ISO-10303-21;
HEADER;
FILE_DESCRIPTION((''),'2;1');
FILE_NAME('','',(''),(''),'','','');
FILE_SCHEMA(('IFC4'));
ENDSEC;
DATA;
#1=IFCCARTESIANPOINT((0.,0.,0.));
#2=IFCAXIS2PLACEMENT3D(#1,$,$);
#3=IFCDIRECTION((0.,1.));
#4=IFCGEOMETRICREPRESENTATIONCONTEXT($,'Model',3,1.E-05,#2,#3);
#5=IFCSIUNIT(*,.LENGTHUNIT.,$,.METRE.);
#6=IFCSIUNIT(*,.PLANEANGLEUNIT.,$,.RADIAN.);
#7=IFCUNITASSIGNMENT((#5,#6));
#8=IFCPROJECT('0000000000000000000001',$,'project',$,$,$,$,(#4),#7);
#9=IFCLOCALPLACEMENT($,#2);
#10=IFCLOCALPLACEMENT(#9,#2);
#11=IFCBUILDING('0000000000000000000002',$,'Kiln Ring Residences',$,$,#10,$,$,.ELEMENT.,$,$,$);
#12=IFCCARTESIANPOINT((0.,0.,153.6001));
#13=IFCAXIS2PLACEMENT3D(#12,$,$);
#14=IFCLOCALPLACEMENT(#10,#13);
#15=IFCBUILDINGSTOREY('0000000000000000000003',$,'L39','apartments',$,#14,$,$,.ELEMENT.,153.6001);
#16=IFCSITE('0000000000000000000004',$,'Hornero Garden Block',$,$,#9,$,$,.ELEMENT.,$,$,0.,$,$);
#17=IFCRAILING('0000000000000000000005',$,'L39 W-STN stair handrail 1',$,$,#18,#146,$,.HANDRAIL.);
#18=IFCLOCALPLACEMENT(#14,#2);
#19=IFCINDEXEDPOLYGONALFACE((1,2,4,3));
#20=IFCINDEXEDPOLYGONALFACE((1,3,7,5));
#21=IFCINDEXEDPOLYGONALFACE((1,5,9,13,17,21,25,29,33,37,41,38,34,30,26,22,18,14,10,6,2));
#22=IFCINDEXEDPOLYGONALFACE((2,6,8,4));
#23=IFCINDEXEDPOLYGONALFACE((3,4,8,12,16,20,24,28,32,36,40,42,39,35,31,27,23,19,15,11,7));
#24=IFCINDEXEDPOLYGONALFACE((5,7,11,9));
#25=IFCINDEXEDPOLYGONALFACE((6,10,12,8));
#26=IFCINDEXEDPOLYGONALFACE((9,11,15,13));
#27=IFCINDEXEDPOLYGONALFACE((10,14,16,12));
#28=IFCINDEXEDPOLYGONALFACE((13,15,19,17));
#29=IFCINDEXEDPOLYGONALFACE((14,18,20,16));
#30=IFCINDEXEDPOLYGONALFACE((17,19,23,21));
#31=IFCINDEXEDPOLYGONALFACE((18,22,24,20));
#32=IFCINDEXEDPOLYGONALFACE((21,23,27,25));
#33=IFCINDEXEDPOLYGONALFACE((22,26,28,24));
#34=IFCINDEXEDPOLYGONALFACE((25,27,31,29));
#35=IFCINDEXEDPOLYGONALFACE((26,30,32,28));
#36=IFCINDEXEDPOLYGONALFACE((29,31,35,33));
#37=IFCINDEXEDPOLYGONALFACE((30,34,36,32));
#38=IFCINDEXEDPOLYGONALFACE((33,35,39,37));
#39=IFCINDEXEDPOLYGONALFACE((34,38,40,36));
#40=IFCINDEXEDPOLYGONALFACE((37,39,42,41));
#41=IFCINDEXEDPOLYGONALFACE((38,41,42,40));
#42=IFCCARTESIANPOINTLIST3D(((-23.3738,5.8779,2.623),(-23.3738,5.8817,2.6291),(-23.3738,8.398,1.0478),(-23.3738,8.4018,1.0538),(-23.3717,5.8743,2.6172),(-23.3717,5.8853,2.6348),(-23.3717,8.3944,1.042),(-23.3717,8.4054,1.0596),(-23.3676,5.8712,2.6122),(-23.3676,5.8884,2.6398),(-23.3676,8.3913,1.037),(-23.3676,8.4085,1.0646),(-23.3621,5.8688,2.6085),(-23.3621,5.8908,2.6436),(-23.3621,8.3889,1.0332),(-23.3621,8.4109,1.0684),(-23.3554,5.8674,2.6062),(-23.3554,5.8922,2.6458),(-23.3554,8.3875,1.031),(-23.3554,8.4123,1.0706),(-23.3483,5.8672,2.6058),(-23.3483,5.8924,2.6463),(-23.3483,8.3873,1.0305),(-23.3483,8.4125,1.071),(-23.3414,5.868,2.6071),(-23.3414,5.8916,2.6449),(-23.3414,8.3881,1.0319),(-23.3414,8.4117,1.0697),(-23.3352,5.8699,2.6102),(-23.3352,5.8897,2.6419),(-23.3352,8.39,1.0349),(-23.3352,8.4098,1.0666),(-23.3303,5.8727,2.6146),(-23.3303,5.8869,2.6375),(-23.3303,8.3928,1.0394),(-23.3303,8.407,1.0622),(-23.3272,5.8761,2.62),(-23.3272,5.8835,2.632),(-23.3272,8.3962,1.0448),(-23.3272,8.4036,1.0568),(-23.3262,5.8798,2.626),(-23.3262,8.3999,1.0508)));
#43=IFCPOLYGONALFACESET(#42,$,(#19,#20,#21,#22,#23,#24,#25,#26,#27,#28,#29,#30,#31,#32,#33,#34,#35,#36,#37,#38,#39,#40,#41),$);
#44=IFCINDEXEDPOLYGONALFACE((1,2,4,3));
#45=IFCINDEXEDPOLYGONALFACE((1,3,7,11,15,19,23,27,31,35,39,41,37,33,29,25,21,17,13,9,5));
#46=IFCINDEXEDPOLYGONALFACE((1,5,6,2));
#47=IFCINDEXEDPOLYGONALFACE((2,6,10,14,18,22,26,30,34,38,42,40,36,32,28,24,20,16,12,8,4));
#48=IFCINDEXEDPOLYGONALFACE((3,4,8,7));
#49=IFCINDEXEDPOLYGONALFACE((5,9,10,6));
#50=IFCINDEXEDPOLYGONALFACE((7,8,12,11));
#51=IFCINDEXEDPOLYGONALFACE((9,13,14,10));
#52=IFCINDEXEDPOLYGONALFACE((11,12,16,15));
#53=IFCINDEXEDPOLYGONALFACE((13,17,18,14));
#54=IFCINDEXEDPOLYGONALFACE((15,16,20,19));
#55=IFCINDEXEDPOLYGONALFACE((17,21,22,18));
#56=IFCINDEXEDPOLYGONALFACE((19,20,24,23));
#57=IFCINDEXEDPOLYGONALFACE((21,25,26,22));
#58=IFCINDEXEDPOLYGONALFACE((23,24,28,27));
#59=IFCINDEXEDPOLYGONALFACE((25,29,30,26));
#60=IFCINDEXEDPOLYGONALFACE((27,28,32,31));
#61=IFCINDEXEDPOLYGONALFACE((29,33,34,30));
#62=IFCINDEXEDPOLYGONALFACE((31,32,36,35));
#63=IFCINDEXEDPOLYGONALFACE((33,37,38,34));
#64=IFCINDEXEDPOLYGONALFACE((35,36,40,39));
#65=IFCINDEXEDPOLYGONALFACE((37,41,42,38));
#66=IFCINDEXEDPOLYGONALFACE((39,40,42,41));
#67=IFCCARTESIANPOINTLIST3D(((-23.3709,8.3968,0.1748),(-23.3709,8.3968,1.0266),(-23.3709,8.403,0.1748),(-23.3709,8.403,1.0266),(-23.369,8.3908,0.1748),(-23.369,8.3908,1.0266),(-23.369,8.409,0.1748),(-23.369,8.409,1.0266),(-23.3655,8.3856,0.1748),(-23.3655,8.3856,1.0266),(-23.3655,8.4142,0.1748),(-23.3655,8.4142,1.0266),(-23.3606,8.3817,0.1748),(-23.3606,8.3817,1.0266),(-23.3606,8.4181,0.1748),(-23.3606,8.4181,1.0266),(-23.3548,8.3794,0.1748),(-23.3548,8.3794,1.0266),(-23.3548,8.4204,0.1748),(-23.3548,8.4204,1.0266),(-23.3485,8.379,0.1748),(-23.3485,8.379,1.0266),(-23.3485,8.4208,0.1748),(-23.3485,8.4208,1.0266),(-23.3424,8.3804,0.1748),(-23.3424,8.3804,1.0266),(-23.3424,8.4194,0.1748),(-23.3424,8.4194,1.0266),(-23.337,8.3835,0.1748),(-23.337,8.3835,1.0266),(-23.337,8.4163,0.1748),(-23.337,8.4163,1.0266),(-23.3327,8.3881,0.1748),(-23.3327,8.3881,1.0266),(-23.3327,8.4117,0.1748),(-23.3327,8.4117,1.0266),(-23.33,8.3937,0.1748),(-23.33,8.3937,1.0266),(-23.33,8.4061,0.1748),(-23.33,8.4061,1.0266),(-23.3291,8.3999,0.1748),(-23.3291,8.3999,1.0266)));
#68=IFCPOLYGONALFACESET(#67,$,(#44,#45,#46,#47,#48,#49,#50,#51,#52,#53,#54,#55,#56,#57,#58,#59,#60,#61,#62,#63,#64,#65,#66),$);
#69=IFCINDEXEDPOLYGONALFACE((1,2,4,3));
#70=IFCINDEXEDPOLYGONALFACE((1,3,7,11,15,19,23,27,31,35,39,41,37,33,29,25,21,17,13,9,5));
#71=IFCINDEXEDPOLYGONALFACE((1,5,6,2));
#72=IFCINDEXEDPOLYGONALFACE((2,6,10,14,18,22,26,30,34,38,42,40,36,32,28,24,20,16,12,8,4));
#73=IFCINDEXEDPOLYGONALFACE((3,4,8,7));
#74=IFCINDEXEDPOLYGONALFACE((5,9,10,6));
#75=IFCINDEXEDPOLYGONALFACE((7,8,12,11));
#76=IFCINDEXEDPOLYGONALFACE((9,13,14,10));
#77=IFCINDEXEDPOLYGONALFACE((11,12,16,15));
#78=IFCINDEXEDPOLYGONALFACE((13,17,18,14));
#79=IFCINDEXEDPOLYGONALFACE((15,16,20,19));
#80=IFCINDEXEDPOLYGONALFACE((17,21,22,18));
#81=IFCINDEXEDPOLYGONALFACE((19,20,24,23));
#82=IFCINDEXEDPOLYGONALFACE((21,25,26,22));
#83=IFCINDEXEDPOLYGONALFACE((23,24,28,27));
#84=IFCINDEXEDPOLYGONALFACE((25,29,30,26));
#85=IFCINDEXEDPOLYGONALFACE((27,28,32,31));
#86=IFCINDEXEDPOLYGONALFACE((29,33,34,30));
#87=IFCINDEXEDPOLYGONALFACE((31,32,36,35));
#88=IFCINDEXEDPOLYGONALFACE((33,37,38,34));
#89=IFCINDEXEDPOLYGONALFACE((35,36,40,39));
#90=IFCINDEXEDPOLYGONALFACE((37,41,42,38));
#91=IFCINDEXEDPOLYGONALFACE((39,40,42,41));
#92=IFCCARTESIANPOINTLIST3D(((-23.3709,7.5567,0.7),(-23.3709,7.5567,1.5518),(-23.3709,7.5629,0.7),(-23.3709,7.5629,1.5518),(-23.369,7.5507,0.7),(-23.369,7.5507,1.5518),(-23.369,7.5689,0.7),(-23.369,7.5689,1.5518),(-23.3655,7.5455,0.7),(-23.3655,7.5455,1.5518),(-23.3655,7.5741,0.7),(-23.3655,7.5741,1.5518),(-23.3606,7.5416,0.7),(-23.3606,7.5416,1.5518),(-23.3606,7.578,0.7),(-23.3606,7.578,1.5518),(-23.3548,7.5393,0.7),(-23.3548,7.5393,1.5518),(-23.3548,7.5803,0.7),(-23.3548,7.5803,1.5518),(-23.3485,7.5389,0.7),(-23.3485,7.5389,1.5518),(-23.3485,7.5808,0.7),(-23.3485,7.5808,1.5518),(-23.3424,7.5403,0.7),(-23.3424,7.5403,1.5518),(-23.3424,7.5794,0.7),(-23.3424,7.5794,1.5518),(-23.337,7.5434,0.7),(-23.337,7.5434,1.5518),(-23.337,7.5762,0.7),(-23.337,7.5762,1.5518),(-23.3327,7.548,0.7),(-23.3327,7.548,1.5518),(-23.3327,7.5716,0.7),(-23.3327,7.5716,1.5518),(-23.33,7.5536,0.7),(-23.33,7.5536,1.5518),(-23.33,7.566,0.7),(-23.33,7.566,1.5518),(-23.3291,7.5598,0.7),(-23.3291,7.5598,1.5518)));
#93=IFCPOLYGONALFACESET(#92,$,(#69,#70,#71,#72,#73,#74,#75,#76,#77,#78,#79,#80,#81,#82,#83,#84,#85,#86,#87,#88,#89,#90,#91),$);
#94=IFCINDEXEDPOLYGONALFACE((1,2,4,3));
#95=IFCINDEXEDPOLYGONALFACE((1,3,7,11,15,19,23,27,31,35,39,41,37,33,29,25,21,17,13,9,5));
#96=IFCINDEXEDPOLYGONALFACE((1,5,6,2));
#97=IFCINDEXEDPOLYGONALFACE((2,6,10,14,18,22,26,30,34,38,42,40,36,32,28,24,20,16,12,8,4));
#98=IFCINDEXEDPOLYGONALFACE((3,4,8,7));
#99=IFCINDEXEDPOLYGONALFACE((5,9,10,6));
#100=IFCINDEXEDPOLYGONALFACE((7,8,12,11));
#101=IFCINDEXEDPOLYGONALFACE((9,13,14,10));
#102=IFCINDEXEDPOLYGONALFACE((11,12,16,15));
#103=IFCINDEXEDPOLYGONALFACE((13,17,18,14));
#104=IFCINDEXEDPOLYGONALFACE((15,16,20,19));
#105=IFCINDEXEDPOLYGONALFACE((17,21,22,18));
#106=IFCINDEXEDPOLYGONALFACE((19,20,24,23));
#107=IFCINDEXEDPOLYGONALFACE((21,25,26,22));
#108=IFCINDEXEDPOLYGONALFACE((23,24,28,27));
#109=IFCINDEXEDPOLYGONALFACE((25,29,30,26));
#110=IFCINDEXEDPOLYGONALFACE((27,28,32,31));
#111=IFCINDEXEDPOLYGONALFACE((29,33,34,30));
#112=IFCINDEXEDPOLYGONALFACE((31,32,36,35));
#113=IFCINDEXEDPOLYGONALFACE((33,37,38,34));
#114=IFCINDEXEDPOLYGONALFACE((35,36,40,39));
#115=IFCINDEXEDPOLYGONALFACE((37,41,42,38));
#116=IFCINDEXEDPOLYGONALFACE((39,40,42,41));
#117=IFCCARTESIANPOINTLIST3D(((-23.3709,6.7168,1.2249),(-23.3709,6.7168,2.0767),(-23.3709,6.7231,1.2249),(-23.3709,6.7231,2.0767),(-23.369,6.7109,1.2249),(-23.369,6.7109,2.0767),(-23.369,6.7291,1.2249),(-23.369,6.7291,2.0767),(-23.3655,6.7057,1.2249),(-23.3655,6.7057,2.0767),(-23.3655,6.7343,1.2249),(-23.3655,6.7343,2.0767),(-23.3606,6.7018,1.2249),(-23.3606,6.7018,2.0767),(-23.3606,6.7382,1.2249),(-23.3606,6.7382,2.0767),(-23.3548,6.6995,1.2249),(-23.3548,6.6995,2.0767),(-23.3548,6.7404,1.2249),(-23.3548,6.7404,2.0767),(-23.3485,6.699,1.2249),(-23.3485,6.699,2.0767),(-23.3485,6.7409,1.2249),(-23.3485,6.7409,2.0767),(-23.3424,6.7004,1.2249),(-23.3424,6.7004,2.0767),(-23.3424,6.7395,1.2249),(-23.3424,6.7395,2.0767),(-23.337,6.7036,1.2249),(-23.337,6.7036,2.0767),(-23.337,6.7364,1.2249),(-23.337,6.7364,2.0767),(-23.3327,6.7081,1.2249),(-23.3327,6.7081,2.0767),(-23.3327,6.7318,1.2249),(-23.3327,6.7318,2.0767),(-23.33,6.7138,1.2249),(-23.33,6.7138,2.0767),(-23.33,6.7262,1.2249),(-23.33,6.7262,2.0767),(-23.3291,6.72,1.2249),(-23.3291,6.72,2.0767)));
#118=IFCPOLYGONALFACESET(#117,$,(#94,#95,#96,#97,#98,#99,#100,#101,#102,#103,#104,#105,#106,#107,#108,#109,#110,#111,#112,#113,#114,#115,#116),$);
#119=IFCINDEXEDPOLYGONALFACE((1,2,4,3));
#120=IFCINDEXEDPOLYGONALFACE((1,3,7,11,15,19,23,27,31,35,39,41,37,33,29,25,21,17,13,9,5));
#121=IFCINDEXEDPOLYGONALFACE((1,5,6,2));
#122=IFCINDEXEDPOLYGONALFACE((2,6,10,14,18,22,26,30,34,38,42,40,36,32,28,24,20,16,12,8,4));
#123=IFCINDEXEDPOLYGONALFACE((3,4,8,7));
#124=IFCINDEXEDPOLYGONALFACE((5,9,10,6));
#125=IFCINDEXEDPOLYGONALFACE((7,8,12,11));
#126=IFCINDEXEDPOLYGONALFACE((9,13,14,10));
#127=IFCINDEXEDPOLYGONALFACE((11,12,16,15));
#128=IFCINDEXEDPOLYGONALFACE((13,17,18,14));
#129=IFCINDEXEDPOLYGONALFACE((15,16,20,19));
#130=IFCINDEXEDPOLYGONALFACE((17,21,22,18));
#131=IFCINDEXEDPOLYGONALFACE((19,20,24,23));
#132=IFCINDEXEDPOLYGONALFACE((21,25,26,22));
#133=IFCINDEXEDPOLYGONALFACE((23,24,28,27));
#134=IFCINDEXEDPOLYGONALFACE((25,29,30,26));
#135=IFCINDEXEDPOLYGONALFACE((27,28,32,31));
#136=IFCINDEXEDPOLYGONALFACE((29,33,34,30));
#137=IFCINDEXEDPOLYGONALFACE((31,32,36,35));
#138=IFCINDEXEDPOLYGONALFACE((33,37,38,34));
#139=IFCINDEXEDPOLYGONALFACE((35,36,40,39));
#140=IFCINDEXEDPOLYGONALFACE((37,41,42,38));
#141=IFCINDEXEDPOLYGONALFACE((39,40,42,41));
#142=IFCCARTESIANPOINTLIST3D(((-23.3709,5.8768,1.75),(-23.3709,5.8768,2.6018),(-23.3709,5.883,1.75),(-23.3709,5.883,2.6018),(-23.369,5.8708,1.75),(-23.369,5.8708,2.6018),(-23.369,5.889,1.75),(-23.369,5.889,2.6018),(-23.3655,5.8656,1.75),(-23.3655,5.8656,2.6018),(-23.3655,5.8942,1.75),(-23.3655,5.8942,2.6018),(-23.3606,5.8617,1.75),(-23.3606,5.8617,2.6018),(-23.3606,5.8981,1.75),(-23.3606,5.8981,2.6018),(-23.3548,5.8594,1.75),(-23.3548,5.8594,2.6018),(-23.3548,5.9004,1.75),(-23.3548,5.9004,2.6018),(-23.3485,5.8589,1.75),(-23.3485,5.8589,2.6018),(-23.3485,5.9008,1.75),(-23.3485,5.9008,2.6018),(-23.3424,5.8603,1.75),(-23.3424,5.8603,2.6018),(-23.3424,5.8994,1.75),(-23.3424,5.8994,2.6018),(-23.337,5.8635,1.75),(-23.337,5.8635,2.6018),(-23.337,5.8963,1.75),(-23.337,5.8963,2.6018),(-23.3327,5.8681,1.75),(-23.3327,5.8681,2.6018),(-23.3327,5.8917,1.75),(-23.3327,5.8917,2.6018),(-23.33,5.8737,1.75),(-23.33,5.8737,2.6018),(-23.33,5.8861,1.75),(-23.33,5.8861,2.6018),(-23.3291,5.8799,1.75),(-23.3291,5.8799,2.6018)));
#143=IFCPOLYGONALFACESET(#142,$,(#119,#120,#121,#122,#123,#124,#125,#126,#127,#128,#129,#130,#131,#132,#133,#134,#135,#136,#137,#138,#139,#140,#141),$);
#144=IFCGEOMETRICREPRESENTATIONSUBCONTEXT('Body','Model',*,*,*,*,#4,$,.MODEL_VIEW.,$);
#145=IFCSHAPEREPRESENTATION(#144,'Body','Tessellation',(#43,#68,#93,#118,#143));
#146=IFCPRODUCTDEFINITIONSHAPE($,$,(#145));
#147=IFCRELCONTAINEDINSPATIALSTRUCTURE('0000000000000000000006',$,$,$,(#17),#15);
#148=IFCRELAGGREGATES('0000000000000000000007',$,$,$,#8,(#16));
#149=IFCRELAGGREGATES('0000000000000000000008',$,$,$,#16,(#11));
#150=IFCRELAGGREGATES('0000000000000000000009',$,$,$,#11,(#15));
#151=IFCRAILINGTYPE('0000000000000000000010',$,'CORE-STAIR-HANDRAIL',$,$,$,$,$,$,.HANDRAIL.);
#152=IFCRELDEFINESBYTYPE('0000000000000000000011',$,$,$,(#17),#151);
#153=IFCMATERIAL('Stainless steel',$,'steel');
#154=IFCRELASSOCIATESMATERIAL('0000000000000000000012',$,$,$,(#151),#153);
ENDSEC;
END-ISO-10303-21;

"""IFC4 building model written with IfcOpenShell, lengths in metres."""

from ifc_helpers import new_model, si_unit, direction, frame, origin, origin_2d, place, context, subcontext, project, spatial, circle, extrude, material, type_object, element, save


model = new_model("IFC4")

# Units and contexts
model_context = context("Model", 3, precision=1e-05, world=origin(), true_north=direction((0.0, 1.0)))
body_context = subcontext(model_context, "Body", "Model", "MODEL_VIEW")
ifc_project = project(units=[si_unit("LENGTHUNIT", "METRE"), si_unit("PLANEANGLEUNIT", "RADIAN")], contexts=[model_context])

# Site, building, storey
site_placement = place(None, origin())
site = spatial("IfcSite", under=ifc_project, at=site_placement, Name="Hornero Garden Block", CompositionType="ELEMENT", RefElevation=0.0)
building_placement = place(site_placement, origin())
building = spatial("IfcBuilding", under=site, at=building_placement, Name="Kiln Ring Residences", CompositionType="ELEMENT")
storey_placement = place(building_placement, frame((0.0, 0.0, 153.6001)))
storey = spatial("IfcBuildingStorey", under=building, at=storey_placement, Name="L39", Description="apartments", CompositionType="ELEMENT", Elevation=153.6001)

# Railing
ifc_material_1 = material(Name="Stainless steel", Category="steel")
railing_type_1 = type_object("IfcRailingType", Name="CORE-STAIR-HANDRAIL", PredefinedType="HANDRAIL", material=ifc_material_1)
railing_1_placement = place(storey_placement, frame((-23.3501, 8.3999, 0.1748)))
element("IfcRailing", 1, at=railing_1_placement, inside=storey, type_object=railing_type_1, Name="L39 W-STN stair handrail 1", PredefinedType="HANDRAIL", context=body_context, shape_type="SweptSolid", body=[
    extrude(circle(Radius=0.0239, at=origin_2d()), frame((0.0, 0.0, 0.876), z_axis=(0.0, -0.847971, 0.530043), x_axis=(1.0, 0.0, 0.0)), (0.0, 0.0, 1.0), 2.9719),
    extrude(circle(Radius=0.021, at=origin_2d()), origin(), (0.0, 0.0, 1.0), 0.8518),
    extrude(circle(Radius=0.021, at=origin_2d()), frame((0.0, -0.8401, 0.5251)), (0.0, 0.0, 1.0), 0.8518),
    extrude(circle(Radius=0.021, at=origin_2d()), frame((0.0, -1.6799, 1.05)), (0.0, 0.0, 1.0), 0.8518),
    extrude(circle(Radius=0.021, at=origin_2d()), frame((0.0, -2.52, 1.5752)), (0.0, 0.0, 1.0), 0.8518),
])

save(model, "model.ifc")
